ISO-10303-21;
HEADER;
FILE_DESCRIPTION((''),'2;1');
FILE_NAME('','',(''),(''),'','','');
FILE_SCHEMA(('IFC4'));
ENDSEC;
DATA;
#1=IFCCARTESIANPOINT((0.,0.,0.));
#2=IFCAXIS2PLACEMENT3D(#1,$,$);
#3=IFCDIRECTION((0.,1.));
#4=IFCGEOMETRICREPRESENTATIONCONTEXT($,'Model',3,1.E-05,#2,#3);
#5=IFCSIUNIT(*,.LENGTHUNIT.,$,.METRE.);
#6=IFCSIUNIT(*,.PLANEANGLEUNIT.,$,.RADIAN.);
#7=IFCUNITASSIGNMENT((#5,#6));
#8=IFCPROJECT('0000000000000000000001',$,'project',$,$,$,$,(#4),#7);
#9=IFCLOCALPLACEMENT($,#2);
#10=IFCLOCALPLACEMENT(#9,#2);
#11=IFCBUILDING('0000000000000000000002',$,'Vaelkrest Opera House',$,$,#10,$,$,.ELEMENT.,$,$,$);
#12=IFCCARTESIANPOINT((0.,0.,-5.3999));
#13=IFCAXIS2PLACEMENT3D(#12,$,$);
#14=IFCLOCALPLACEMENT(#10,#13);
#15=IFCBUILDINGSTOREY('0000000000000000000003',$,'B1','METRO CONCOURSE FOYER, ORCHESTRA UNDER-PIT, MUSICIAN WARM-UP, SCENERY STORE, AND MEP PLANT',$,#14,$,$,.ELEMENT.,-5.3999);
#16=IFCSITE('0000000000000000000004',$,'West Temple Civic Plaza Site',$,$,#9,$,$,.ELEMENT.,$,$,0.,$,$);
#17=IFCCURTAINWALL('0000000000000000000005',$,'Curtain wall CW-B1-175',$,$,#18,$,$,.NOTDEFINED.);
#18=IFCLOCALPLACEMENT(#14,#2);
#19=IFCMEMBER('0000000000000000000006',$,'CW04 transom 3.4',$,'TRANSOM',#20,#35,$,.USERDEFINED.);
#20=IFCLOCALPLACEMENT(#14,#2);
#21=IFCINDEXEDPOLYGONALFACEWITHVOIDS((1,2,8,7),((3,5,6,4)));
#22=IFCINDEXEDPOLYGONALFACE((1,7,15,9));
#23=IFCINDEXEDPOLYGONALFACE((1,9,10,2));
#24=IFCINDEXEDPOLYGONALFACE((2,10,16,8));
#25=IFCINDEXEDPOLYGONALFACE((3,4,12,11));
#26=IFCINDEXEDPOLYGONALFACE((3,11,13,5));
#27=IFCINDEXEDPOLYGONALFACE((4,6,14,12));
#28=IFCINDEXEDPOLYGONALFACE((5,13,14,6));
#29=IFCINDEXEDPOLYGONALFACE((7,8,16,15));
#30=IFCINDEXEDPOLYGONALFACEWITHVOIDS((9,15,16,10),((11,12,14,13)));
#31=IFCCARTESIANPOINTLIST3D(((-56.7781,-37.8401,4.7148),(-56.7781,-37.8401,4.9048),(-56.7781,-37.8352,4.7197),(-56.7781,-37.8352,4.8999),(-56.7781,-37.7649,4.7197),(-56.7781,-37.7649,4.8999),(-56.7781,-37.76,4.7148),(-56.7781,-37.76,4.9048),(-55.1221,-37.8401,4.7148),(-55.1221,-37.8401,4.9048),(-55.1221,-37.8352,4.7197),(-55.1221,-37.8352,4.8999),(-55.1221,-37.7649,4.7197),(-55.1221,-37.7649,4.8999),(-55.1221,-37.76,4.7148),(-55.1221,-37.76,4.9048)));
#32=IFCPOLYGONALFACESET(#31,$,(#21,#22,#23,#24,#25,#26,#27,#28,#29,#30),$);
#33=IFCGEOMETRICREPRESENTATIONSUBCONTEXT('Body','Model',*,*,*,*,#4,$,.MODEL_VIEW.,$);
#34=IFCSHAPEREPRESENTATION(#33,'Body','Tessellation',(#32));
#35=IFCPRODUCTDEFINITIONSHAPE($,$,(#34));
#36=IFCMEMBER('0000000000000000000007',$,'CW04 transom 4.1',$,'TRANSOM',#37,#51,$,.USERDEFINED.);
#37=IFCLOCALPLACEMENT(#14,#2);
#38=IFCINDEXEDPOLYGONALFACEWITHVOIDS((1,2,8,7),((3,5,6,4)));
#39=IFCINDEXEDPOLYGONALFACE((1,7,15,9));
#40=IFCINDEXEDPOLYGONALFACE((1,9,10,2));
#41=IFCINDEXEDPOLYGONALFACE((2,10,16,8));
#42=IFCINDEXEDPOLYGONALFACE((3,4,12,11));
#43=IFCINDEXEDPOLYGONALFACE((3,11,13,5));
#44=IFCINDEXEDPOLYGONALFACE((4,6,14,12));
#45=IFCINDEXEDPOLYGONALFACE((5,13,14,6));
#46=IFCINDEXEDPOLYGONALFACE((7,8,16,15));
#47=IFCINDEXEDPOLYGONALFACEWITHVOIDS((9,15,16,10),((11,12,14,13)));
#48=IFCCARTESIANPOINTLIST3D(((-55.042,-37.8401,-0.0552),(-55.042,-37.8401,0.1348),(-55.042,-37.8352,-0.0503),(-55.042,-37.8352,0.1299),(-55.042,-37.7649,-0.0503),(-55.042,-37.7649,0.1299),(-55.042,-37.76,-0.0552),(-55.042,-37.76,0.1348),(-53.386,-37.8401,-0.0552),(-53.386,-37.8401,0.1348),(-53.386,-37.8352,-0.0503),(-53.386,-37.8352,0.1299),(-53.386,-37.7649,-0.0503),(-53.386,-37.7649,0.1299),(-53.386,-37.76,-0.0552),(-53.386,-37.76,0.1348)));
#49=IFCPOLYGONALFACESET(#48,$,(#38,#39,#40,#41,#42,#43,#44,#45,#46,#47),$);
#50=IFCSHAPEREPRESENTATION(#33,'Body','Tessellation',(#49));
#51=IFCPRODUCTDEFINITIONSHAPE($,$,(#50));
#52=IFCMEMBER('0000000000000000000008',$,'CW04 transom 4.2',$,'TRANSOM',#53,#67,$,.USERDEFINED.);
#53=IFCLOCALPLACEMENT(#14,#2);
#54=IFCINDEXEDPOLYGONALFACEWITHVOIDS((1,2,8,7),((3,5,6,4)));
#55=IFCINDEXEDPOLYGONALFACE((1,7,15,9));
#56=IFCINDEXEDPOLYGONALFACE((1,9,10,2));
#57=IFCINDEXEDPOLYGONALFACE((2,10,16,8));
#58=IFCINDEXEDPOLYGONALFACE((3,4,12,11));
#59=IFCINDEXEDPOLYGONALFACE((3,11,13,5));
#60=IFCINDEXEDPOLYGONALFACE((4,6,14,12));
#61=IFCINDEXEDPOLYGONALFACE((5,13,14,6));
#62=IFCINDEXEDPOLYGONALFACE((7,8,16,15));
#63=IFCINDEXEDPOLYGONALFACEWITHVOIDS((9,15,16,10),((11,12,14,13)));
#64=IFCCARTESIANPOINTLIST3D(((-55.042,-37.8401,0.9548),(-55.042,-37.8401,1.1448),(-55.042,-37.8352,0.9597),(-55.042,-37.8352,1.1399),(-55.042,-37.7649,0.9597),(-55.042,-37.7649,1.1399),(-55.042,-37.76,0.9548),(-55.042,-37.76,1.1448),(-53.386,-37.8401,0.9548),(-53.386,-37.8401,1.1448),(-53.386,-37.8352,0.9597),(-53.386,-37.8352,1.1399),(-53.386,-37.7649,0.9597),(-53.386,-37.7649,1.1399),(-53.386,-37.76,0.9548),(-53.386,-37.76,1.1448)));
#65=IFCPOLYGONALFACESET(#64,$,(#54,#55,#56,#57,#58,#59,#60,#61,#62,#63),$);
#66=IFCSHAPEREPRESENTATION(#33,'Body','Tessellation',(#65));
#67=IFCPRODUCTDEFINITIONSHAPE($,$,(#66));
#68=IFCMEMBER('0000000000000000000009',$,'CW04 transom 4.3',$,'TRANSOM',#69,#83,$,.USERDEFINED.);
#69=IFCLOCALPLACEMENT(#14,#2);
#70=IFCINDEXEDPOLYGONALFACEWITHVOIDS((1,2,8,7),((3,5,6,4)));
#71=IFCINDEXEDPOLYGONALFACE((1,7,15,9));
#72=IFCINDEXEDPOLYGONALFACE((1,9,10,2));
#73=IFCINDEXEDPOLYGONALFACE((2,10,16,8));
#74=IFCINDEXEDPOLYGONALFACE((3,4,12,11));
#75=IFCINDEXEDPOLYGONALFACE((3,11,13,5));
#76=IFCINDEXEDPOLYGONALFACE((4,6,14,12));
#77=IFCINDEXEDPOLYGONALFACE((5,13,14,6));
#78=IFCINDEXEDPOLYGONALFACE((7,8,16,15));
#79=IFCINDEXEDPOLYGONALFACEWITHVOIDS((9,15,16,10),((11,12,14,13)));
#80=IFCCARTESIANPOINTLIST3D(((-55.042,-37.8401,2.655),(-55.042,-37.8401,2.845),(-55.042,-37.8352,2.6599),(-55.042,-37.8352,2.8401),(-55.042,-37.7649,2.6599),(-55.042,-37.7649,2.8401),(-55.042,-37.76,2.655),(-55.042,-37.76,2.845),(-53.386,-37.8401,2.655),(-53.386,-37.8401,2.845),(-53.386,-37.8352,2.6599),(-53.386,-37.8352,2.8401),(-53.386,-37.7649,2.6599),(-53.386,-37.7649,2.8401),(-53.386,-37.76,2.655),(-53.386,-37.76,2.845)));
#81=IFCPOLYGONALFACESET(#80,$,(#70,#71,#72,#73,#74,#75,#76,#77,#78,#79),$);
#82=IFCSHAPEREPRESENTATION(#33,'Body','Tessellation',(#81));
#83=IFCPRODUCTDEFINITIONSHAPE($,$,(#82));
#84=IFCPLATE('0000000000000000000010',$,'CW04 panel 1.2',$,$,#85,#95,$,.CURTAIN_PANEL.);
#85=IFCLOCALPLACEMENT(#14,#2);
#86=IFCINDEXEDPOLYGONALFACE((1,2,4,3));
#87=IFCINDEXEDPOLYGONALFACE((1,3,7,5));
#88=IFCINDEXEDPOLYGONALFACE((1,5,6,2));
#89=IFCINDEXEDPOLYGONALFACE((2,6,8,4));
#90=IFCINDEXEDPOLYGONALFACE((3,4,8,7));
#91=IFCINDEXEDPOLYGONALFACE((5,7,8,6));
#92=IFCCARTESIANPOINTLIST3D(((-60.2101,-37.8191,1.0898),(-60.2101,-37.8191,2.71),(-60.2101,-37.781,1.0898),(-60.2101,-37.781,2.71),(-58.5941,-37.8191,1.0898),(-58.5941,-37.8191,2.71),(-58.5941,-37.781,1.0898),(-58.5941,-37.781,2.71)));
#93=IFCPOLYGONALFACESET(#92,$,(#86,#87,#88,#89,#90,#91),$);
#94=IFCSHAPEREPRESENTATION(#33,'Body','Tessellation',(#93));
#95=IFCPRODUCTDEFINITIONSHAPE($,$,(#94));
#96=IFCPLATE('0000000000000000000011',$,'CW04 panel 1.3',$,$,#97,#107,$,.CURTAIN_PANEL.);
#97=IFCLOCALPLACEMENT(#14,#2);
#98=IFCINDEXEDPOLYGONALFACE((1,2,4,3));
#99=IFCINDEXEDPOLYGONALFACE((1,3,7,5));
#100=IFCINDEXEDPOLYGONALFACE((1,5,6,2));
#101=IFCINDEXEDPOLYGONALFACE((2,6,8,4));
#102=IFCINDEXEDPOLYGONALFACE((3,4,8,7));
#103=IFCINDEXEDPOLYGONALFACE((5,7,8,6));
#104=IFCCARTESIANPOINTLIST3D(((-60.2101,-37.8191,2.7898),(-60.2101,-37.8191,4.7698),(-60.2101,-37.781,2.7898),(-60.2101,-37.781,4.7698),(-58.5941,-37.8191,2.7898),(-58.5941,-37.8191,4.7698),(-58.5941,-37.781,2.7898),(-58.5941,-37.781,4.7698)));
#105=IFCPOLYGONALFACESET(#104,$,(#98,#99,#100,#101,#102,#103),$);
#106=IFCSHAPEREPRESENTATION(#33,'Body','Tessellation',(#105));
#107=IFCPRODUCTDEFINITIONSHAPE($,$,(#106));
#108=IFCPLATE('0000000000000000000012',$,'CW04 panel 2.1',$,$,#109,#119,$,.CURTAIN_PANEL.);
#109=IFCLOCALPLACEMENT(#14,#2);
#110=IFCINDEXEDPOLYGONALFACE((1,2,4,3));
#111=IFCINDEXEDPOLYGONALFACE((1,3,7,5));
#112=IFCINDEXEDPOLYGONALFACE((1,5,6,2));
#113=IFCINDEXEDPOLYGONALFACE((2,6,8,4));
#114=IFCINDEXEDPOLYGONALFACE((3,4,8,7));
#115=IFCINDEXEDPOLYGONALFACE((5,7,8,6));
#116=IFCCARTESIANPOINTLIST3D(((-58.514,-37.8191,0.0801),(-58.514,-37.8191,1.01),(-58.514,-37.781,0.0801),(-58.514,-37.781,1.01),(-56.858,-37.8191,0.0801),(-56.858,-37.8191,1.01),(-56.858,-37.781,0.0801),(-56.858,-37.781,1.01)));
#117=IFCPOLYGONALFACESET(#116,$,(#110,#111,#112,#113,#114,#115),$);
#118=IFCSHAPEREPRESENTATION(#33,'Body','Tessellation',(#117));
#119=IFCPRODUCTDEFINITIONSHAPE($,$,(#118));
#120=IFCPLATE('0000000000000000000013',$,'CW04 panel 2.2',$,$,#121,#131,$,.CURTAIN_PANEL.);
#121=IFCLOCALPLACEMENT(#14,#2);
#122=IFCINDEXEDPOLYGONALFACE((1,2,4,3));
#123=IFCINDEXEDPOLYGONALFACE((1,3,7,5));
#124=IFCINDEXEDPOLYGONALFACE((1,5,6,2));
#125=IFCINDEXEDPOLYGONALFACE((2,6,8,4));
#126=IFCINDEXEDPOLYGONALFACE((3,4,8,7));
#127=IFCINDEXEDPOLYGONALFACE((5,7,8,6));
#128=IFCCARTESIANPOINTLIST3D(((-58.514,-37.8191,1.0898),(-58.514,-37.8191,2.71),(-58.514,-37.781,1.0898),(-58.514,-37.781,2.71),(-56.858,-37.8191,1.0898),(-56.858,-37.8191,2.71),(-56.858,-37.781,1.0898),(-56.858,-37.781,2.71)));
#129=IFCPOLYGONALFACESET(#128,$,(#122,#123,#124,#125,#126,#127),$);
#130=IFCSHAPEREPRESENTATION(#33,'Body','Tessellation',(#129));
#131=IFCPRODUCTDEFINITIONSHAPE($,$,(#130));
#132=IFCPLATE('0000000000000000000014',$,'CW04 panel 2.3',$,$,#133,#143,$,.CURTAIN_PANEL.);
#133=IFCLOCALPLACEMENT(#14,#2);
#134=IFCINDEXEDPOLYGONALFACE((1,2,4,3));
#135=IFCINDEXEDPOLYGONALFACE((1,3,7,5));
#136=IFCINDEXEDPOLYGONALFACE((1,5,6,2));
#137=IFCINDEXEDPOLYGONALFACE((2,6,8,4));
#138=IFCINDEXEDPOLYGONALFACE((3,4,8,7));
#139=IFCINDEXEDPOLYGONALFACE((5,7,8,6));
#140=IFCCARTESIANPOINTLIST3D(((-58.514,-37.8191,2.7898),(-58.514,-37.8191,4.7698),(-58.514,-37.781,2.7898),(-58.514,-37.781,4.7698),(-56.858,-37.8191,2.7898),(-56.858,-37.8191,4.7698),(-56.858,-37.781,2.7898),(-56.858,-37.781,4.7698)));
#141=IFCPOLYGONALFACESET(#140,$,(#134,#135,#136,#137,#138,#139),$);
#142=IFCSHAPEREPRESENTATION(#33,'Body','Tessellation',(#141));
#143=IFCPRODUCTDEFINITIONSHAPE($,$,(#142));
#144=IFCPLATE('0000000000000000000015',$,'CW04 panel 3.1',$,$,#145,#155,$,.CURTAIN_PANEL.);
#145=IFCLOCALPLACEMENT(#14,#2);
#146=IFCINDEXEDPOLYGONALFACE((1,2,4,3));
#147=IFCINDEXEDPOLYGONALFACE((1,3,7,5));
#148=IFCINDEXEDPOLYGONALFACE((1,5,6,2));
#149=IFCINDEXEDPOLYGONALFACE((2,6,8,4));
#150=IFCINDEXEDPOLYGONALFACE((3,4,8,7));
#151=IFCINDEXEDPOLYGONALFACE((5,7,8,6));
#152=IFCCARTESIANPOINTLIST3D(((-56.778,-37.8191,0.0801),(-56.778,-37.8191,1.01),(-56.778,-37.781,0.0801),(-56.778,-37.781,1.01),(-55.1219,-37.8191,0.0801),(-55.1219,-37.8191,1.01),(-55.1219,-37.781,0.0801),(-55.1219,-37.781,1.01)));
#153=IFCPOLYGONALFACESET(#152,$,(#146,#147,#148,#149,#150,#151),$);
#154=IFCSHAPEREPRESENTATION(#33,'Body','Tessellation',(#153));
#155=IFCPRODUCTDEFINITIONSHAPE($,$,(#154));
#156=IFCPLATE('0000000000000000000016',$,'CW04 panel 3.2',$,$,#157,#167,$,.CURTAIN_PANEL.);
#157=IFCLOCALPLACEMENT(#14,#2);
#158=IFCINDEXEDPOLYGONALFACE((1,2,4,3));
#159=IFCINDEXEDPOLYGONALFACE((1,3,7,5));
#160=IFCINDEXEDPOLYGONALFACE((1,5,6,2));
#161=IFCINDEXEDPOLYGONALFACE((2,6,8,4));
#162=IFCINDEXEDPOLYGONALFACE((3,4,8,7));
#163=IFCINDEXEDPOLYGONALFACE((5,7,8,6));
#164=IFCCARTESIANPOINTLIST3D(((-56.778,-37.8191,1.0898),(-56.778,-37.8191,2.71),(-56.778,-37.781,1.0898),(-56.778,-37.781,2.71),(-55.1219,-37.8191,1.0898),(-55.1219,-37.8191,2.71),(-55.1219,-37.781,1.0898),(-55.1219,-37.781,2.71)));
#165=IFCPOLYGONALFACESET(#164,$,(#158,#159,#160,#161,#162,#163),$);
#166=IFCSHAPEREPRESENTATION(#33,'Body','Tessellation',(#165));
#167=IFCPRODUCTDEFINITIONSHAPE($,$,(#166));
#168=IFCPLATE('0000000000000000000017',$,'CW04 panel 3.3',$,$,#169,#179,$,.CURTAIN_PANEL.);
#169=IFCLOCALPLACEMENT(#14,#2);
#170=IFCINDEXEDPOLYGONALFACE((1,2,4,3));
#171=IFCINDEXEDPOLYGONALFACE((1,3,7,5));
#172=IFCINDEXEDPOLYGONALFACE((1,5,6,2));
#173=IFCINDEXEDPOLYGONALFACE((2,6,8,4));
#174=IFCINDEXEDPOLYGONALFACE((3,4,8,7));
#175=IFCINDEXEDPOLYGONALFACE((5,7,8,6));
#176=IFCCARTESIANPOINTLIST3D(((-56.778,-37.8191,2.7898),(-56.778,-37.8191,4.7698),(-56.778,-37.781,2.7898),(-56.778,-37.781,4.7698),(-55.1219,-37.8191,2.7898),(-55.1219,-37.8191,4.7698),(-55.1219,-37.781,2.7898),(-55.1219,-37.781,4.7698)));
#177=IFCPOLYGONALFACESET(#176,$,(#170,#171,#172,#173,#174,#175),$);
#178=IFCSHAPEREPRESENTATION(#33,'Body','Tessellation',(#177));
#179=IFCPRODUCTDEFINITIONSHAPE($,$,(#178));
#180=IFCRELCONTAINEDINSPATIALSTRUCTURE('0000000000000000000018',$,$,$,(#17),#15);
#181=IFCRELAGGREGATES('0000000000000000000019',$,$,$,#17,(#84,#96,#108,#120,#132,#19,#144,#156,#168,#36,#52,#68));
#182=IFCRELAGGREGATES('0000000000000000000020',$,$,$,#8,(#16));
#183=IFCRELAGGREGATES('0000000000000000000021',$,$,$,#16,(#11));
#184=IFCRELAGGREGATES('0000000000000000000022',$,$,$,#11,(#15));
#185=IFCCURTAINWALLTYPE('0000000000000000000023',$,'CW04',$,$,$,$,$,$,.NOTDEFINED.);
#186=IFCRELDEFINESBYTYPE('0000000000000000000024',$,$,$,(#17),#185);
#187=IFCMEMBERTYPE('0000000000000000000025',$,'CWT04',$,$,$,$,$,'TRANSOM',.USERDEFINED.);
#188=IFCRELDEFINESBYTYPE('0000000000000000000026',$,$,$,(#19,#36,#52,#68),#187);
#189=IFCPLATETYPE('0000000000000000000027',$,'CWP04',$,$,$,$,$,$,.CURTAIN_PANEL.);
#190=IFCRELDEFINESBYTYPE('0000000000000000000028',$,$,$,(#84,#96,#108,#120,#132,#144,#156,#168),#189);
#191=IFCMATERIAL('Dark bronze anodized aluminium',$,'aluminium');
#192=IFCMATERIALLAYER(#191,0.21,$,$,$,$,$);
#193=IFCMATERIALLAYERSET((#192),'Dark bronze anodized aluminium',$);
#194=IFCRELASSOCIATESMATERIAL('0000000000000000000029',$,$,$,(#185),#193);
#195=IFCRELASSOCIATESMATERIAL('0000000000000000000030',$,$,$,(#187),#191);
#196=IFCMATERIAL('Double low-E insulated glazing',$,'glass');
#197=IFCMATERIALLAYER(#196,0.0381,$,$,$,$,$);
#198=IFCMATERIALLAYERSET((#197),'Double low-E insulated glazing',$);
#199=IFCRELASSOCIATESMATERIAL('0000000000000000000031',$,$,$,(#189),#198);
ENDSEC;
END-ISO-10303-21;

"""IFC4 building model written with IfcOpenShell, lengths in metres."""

from ifc_helpers import new_model, si_unit, direction, frame, origin, origin_2d, place, context, subcontext, project, spatial, rectangle, hollow_rectangle, extrude, material, layer, layer_set, material_profile, profile_set, type_object, element, aggregate, save


model = new_model("IFC4")

# Units and contexts
model_context = context("Model", 3, precision=1e-05, world=origin(), true_north=direction((0.0, 1.0)))
body_context = subcontext(model_context, "Body", "Model", "MODEL_VIEW")
ifc_project = project(units=[si_unit("LENGTHUNIT", "METRE"), si_unit("PLANEANGLEUNIT", "RADIAN")], contexts=[model_context])

# Site, building, storey
site_placement = place(None, origin())
site = spatial("IfcSite", under=ifc_project, at=site_placement, Name="West Temple Civic Plaza Site", CompositionType="ELEMENT", RefElevation=0.0)
building_placement = place(site_placement, origin())
building = spatial("IfcBuilding", under=site, at=building_placement, Name="Vaelkrest Opera House", CompositionType="ELEMENT")
storey_placement = place(building_placement, frame((0.0, 0.0, -5.3999)))
storey = spatial("IfcBuildingStorey", under=building, at=storey_placement, Name="B1", Description="METRO CONCOURSE FOYER, ORCHESTRA UNDER-PIT, MUSICIAN WARM-UP, SCENERY STORE, AND MEP PLANT", CompositionType="ELEMENT", Elevation=-5.3999)

# Curtain wall, members, plates
ifc_material_1 = material(Name="Dark bronze anodized aluminium", Category="aluminium")
ifc_layer_1 = layer(ifc_material_1, 0.21)
ifc_layer_set_1 = layer_set([ifc_layer_1], Name="Dark bronze anodized aluminium")
curtain_wall_type = type_object("IfcCurtainWallType", Name="CW04", PredefinedType="NOTDEFINED", material=ifc_layer_set_1)
curtain_wall_placement = place(storey_placement, origin())
curtain_wall = element("IfcCurtainWall", 1, at=curtain_wall_placement, inside=storey, type_object=curtain_wall_type, Name="Curtain wall CW-B1-175", PredefinedType="NOTDEFINED")
ifc_material_profile_1 = material_profile(ifc_material_1, hollow_rectangle(XDim=0.0801, YDim=0.1899, WallThickness=0.0049, at=origin_2d()), Name="CWT80X190")
ifc_profile_set_1 = profile_set([ifc_material_profile_1], Name="Dark bronze anodized aluminium")
member_type_1 = type_object("IfcMemberType", Name="CWT04", ElementType="TRANSOM", PredefinedType="USERDEFINED", material=ifc_profile_set_1)
member_1_placement = place(storey_placement, frame((-56.7781, -37.8, 4.8098), z_axis=(1.0, 0.0, 0.0), x_axis=(0.0, 1.0, 0.0)))
member_1 = element("IfcMember", 2, at=member_1_placement, type_object=member_type_1, Name="CW04 transom 3.4", ObjectType="TRANSOM", PredefinedType="USERDEFINED", context=body_context, shape_type="SweptSolid", body=[
    extrude(hollow_rectangle(XDim=0.0801, YDim=0.1899, WallThickness=0.0049, at=origin_2d()), origin(), (0.0, 0.0, 1.0), 1.656),
])
member_2_placement = place(storey_placement, frame((-55.042, -37.8, 0.0398), z_axis=(1.0, 0.0, 0.0), x_axis=(0.0, 1.0, 0.0)))
member_2 = element("IfcMember", 3, at=member_2_placement, type_object=member_type_1, Name="CW04 transom 4.1", ObjectType="TRANSOM", PredefinedType="USERDEFINED", context=body_context, shape_type="SweptSolid", body=[
    extrude(hollow_rectangle(XDim=0.0801, YDim=0.1899, WallThickness=0.0049, at=origin_2d()), origin(), (0.0, 0.0, 1.0), 1.656),
])
member_3_placement = place(storey_placement, frame((-55.042, -37.8, 1.0498), z_axis=(1.0, 0.0, 0.0), x_axis=(0.0, 1.0, 0.0)))
member_3 = element("IfcMember", 4, at=member_3_placement, type_object=member_type_1, Name="CW04 transom 4.2", ObjectType="TRANSOM", PredefinedType="USERDEFINED", context=body_context, shape_type="SweptSolid", body=[
    extrude(hollow_rectangle(XDim=0.0801, YDim=0.1899, WallThickness=0.0049, at=origin_2d()), origin(), (0.0, 0.0, 1.0), 1.656),
])
member_4_placement = place(storey_placement, frame((-55.042, -37.8, 2.75), z_axis=(1.0, 0.0, 0.0), x_axis=(0.0, 1.0, 0.0)))
member_4 = element("IfcMember", 5, at=member_4_placement, type_object=member_type_1, Name="CW04 transom 4.3", ObjectType="TRANSOM", PredefinedType="USERDEFINED", context=body_context, shape_type="SweptSolid", body=[
    extrude(hollow_rectangle(XDim=0.0801, YDim=0.1899, WallThickness=0.0049, at=origin_2d()), origin(), (0.0, 0.0, 1.0), 1.656),
])
ifc_material_2 = material(Name="Double low-E insulated glazing", Category="glass")
ifc_layer_2 = layer(ifc_material_2, 0.0381)
ifc_layer_set_2 = layer_set([ifc_layer_2], Name="Double low-E insulated glazing")
plate_type = type_object("IfcPlateType", Name="CWP04", PredefinedType="CURTAIN_PANEL", material=ifc_layer_set_2)
plate_1_placement = place(storey_placement, frame((-59.4021, -37.8, 1.0898), z_axis=(0.0, 0.0, 1.0), x_axis=(1.0, 0.0, 0.0)))
plate_1 = element("IfcPlate", 6, at=plate_1_placement, type_object=plate_type, Name="CW04 panel 1.2", PredefinedType="CURTAIN_PANEL", context=body_context, shape_type="SweptSolid", body=[
    extrude(rectangle(XDim=1.616, YDim=0.0381, at=origin_2d()), origin(), (0.0, 0.0, 1.0), 1.6201),
])
plate_2_placement = place(storey_placement, frame((-59.4021, -37.8, 2.7898), z_axis=(0.0, 0.0, 1.0), x_axis=(1.0, 0.0, 0.0)))
plate_2 = element("IfcPlate", 7, at=plate_2_placement, type_object=plate_type, Name="CW04 panel 1.3", PredefinedType="CURTAIN_PANEL", context=body_context, shape_type="SweptSolid", body=[
    extrude(rectangle(XDim=1.616, YDim=0.0381, at=origin_2d()), origin(), (0.0, 0.0, 1.0), 1.98),
])
plate_3_placement = place(storey_placement, frame((-57.686, -37.8, 0.0801), z_axis=(0.0, 0.0, 1.0), x_axis=(1.0, 0.0, 0.0)))
plate_3 = element("IfcPlate", 8, at=plate_3_placement, type_object=plate_type, Name="CW04 panel 2.1", PredefinedType="CURTAIN_PANEL", context=body_context, shape_type="SweptSolid", body=[
    extrude(rectangle(XDim=1.656, YDim=0.0381, at=origin_2d()), origin(), (0.0, 0.0, 1.0), 0.9299),
])
plate_4_placement = place(storey_placement, frame((-57.686, -37.8, 1.0898), z_axis=(0.0, 0.0, 1.0), x_axis=(1.0, 0.0, 0.0)))
plate_4 = element("IfcPlate", 9, at=plate_4_placement, type_object=plate_type, Name="CW04 panel 2.2", PredefinedType="CURTAIN_PANEL", context=body_context, shape_type="SweptSolid", body=[
    extrude(rectangle(XDim=1.656, YDim=0.0381, at=origin_2d()), origin(), (0.0, 0.0, 1.0), 1.6201),
])
plate_5_placement = place(storey_placement, frame((-57.686, -37.8, 2.7898), z_axis=(0.0, 0.0, 1.0), x_axis=(1.0, 0.0, 0.0)))
plate_5 = element("IfcPlate", 10, at=plate_5_placement, type_object=plate_type, Name="CW04 panel 2.3", PredefinedType="CURTAIN_PANEL", context=body_context, shape_type="SweptSolid", body=[
    extrude(rectangle(XDim=1.656, YDim=0.0381, at=origin_2d()), origin(), (0.0, 0.0, 1.0), 1.98),
])
plate_6_placement = place(storey_placement, frame((-55.95, -37.8, 0.0801), z_axis=(0.0, 0.0, 1.0), x_axis=(1.0, 0.0, 0.0)))
plate_6 = element("IfcPlate", 11, at=plate_6_placement, type_object=plate_type, Name="CW04 panel 3.1", PredefinedType="CURTAIN_PANEL", context=body_context, shape_type="SweptSolid", body=[
    extrude(rectangle(XDim=1.656, YDim=0.0381, at=origin_2d()), origin(), (0.0, 0.0, 1.0), 0.9299),
])
plate_7_placement = place(storey_placement, frame((-55.95, -37.8, 1.0898), z_axis=(0.0, 0.0, 1.0), x_axis=(1.0, 0.0, 0.0)))
plate_7 = element("IfcPlate", 12, at=plate_7_placement, type_object=plate_type, Name="CW04 panel 3.2", PredefinedType="CURTAIN_PANEL", context=body_context, shape_type="SweptSolid", body=[
    extrude(rectangle(XDim=1.656, YDim=0.0381, at=origin_2d()), origin(), (0.0, 0.0, 1.0), 1.6201),
])
plate_8_placement = place(storey_placement, frame((-55.95, -37.8, 2.7898), z_axis=(0.0, 0.0, 1.0), x_axis=(1.0, 0.0, 0.0)))
plate_8 = element("IfcPlate", 13, at=plate_8_placement, type_object=plate_type, Name="CW04 panel 3.3", PredefinedType="CURTAIN_PANEL", context=body_context, shape_type="SweptSolid", body=[
    extrude(rectangle(XDim=1.656, YDim=0.0381, at=origin_2d()), origin(), (0.0, 0.0, 1.0), 1.98),
])
aggregate(curtain_wall, [plate_1, plate_2, plate_3, plate_4, plate_5, member_1, plate_6, plate_7, plate_8, member_2, member_3, member_4])

save(model, "model.ifc")
